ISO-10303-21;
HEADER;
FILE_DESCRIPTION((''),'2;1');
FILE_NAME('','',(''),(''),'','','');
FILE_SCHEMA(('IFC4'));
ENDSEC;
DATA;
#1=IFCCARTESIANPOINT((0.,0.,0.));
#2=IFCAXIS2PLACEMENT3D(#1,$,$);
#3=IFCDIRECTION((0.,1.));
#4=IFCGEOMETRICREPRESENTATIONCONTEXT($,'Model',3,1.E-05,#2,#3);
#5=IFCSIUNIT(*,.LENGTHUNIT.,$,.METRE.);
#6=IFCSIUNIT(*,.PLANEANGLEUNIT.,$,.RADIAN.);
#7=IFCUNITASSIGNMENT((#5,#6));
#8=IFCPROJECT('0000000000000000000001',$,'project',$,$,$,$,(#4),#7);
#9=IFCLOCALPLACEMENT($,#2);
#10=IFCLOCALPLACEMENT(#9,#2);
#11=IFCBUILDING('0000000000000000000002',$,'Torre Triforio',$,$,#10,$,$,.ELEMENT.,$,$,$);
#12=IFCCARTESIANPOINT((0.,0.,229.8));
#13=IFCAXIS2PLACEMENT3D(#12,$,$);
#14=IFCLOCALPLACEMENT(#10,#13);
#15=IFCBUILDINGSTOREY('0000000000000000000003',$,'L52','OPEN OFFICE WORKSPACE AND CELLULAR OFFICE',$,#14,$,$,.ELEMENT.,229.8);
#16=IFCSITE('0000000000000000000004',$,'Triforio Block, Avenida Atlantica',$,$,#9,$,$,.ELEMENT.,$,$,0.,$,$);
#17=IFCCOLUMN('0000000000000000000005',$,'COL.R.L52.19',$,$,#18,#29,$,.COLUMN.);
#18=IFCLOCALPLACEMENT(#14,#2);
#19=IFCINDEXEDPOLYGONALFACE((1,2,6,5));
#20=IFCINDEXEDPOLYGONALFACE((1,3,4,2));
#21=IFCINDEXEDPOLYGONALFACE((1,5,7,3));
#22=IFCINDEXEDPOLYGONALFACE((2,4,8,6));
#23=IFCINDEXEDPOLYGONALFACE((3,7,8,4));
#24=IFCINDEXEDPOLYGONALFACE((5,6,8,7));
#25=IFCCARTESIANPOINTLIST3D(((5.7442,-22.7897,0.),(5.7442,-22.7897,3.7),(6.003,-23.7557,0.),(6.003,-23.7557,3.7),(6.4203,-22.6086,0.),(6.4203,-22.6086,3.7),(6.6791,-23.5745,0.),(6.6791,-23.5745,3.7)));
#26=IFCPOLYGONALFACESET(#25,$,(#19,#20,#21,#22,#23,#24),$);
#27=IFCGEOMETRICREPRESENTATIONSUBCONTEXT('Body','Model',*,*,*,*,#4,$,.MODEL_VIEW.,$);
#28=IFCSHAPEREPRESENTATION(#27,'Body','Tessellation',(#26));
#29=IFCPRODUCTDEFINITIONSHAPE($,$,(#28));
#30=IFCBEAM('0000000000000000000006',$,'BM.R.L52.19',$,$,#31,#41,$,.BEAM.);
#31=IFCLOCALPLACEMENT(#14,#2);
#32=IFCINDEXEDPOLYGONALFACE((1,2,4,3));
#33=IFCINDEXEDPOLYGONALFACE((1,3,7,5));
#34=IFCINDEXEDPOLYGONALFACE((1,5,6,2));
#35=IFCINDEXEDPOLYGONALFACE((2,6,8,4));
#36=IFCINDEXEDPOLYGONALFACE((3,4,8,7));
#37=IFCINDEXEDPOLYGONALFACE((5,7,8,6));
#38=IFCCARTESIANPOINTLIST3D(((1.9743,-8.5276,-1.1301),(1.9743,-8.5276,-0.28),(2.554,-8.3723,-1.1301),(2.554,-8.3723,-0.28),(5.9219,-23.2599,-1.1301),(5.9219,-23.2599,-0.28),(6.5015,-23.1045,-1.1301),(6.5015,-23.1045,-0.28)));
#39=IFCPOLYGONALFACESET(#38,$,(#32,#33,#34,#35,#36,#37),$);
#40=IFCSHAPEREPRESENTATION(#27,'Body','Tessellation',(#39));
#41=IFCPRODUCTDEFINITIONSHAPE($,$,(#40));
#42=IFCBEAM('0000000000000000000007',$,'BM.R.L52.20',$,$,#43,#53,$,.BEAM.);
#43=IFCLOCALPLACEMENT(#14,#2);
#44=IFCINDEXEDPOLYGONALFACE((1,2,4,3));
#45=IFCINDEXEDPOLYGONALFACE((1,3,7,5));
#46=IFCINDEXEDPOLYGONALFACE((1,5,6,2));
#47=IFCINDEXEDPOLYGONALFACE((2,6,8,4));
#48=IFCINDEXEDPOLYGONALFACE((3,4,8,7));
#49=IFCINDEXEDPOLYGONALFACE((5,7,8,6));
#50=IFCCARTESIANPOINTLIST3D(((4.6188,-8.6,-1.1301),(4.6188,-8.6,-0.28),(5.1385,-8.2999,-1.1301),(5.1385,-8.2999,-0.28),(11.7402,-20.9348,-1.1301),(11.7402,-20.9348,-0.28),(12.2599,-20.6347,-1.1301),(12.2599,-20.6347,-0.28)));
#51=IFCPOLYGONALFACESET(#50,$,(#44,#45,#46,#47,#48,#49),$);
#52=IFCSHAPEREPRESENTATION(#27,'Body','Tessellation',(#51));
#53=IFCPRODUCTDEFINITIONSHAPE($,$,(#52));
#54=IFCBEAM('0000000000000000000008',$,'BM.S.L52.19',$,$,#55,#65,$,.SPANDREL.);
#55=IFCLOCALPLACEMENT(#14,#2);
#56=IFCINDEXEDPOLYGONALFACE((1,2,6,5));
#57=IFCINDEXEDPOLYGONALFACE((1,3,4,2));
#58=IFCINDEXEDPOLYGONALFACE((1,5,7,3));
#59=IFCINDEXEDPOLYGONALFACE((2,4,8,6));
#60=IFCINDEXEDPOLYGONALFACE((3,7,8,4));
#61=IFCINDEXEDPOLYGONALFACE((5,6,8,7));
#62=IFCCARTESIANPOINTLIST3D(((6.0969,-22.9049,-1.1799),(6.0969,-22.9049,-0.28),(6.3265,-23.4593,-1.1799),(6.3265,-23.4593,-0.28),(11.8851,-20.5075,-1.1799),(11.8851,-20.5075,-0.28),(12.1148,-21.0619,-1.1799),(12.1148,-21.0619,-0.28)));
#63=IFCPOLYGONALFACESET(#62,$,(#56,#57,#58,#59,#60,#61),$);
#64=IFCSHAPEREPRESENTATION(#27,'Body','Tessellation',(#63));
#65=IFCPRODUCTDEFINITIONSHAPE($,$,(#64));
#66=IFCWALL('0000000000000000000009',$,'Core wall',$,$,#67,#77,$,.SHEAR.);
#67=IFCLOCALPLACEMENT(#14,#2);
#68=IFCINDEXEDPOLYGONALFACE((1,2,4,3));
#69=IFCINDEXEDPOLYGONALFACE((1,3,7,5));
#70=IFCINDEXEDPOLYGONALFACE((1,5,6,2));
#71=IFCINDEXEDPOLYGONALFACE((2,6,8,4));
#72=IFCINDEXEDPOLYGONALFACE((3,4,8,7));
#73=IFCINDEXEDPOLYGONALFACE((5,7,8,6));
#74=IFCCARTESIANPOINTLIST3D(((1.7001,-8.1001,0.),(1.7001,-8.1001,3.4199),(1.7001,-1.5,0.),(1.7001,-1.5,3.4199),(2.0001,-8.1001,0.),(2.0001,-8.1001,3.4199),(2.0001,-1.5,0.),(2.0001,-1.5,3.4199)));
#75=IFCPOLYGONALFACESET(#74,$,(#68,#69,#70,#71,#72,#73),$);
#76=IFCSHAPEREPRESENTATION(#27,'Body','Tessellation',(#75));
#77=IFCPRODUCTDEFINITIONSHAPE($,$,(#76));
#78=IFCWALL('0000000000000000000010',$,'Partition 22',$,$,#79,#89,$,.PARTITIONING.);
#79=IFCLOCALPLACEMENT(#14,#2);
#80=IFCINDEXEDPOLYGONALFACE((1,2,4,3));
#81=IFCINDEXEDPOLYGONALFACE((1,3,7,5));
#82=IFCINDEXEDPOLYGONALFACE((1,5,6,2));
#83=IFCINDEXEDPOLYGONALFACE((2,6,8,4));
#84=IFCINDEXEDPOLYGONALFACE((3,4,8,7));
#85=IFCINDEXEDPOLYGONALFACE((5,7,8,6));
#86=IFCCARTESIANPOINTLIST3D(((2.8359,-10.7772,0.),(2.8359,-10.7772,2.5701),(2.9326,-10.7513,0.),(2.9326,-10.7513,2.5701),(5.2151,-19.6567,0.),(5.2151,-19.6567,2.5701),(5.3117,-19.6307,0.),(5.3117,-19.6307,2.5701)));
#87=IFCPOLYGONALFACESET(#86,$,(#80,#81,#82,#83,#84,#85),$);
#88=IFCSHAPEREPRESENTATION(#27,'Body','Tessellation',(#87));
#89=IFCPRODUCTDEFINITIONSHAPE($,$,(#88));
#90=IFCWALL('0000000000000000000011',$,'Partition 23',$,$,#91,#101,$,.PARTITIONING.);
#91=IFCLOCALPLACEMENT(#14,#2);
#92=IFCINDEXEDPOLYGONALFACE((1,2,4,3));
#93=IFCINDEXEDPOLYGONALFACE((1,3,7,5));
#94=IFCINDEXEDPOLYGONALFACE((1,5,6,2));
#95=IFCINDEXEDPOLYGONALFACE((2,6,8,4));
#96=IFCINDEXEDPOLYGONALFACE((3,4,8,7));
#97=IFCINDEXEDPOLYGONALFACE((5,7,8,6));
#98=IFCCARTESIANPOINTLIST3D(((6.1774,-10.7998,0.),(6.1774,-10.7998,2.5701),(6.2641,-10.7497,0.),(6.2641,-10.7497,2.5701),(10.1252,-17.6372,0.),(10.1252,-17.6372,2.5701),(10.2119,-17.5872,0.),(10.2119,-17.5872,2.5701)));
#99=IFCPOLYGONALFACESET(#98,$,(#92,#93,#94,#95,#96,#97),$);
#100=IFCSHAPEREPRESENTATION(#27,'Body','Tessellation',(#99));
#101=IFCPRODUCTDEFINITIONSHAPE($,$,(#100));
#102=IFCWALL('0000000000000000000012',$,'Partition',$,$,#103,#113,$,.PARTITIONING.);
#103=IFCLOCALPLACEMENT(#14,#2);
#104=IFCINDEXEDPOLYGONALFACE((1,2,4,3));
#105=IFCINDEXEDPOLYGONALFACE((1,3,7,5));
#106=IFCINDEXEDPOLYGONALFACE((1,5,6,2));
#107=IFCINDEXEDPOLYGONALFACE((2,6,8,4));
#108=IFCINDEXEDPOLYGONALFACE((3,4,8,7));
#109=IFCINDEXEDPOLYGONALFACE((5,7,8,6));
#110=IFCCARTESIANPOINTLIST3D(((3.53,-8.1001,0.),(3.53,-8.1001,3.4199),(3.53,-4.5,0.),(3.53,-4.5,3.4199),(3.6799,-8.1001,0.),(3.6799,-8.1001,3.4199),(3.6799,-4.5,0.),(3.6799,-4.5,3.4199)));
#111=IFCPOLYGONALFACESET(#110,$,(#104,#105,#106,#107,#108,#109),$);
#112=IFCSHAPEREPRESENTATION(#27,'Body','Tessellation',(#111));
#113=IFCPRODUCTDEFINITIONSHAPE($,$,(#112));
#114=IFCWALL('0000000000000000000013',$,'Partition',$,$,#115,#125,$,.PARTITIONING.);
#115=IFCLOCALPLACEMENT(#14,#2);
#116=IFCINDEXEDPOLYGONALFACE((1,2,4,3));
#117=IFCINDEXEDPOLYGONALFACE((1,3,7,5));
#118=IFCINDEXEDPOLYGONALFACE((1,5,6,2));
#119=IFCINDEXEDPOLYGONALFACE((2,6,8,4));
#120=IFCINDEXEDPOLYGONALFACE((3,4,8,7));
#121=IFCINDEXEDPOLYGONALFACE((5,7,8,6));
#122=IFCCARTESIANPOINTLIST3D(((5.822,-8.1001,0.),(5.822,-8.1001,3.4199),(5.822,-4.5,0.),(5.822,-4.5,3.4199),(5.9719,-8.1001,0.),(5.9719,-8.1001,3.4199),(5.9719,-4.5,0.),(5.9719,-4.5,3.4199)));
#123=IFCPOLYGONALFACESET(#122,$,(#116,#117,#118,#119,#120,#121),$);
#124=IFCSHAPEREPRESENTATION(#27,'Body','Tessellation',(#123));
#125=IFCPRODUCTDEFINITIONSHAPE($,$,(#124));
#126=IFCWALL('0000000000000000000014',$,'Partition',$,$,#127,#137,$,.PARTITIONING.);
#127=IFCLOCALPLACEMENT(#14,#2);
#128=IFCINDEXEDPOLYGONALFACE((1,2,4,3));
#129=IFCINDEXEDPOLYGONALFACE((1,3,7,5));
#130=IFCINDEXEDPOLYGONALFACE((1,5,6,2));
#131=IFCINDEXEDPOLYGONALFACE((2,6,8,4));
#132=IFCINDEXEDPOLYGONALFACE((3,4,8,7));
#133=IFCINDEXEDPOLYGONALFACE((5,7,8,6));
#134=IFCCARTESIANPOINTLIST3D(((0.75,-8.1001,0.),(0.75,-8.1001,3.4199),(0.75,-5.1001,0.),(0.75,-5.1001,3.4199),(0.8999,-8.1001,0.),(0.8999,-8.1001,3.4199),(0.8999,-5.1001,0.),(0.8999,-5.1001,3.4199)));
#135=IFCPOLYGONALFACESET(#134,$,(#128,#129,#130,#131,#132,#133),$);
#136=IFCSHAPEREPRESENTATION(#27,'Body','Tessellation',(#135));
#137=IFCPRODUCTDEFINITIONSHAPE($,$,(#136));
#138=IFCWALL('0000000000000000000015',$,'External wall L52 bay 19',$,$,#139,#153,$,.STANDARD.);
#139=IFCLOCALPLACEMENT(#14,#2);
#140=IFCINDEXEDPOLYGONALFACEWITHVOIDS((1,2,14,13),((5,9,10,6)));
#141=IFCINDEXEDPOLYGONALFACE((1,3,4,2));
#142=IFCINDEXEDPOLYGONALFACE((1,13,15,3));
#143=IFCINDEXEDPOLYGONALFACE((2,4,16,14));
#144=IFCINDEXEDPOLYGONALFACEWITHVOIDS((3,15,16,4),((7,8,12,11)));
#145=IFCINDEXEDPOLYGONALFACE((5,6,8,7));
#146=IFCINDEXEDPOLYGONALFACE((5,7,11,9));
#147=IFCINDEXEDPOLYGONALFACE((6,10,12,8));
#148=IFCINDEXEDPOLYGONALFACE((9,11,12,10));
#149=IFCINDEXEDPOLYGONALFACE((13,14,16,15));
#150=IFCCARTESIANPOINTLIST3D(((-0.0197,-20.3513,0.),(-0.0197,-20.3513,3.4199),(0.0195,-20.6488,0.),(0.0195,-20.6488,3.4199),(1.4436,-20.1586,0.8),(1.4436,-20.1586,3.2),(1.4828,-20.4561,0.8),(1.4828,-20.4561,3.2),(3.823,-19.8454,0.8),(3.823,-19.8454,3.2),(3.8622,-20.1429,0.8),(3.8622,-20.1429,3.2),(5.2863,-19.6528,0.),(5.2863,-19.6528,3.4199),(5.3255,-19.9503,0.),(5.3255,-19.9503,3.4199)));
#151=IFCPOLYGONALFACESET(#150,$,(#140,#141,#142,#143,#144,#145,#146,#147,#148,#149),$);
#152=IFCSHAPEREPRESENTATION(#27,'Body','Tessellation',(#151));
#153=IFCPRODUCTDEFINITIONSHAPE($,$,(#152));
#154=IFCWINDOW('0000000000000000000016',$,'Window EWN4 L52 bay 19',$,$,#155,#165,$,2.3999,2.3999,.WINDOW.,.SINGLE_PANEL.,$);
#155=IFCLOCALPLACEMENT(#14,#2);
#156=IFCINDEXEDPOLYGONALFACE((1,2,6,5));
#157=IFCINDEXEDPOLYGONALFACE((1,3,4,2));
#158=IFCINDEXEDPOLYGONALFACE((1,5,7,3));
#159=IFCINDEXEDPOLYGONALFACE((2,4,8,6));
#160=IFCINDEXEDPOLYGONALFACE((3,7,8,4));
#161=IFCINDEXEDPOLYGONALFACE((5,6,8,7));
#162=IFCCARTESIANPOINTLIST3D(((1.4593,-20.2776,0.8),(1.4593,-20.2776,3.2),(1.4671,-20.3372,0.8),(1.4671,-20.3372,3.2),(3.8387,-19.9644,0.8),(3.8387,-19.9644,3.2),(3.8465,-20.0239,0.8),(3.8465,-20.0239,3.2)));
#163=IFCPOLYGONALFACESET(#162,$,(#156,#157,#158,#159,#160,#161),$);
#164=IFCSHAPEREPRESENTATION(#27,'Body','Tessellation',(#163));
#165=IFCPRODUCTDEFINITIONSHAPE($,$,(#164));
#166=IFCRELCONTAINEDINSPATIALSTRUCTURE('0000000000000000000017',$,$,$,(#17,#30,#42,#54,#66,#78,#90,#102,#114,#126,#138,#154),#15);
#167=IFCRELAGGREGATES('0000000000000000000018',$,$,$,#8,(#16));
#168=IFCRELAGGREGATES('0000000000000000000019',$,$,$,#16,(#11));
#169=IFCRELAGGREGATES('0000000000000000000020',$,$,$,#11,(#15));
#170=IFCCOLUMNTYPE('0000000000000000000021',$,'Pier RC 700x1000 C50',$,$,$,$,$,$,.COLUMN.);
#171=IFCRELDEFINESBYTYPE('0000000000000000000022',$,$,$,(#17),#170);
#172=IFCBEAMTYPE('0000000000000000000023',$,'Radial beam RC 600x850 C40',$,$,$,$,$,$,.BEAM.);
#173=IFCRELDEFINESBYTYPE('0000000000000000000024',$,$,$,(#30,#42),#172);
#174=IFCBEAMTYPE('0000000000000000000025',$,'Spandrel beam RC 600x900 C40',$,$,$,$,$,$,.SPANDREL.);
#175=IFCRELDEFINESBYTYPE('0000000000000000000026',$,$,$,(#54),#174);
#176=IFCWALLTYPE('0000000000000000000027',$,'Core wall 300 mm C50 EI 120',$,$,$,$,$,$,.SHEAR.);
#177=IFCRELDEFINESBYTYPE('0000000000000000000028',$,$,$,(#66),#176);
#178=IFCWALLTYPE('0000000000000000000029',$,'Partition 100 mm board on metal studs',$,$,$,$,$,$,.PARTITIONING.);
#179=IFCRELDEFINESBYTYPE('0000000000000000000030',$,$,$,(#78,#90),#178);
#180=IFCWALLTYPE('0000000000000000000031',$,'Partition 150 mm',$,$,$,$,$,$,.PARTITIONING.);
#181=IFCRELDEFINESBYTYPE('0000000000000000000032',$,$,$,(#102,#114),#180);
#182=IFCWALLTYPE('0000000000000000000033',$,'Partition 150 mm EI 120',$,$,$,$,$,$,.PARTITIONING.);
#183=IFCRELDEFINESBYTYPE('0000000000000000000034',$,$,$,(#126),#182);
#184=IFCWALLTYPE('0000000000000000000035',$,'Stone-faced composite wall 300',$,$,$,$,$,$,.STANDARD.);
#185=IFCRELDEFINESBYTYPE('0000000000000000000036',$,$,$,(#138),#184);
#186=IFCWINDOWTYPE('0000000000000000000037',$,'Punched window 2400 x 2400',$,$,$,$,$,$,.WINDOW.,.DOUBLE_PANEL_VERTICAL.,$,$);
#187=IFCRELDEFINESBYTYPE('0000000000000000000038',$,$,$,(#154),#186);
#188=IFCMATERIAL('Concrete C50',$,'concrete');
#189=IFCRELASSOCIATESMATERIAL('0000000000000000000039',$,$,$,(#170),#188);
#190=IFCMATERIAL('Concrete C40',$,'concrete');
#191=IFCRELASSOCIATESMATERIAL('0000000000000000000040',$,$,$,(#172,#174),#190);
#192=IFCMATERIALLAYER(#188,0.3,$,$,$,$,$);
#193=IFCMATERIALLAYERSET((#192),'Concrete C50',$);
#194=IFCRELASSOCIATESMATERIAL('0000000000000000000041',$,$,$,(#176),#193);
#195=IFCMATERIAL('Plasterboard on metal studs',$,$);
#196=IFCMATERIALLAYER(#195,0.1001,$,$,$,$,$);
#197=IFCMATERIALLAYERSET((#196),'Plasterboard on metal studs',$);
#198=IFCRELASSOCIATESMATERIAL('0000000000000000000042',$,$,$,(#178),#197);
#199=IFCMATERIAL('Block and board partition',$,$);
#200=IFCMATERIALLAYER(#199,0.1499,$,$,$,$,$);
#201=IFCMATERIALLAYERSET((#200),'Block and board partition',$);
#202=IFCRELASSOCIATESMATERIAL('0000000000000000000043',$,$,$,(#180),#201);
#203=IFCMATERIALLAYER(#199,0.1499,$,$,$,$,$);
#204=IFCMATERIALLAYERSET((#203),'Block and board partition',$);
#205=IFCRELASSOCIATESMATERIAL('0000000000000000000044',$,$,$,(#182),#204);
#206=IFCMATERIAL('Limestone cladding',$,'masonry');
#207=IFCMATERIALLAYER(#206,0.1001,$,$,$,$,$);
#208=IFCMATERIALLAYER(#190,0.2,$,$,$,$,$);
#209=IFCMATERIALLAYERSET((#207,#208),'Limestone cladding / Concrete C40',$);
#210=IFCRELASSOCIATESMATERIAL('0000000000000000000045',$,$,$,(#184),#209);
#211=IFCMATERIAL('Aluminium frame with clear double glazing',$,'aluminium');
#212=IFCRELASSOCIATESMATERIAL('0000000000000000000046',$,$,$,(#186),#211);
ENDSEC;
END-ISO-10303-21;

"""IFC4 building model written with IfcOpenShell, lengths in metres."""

from ifc_helpers import new_model, si_unit, direction, frame, frame_2d, origin, origin_2d, place, context, subcontext, project, spatial, rectangle, extrude, material, layer, layer_set, material_profile, profile_set, type_object, element, fill, save


model = new_model("IFC4")

# Units and contexts
model_context = context("Model", 3, precision=1e-05, world=origin(), true_north=direction((0.0, 1.0)))
body_context = subcontext(model_context, "Body", "Model", "MODEL_VIEW")
ifc_project = project(units=[si_unit("LENGTHUNIT", "METRE"), si_unit("PLANEANGLEUNIT", "RADIAN")], contexts=[model_context])

# Site, building, storey
site_placement = place(None, origin())
site = spatial("IfcSite", under=ifc_project, at=site_placement, Name="Triforio Block, Avenida Atlantica", CompositionType="ELEMENT", RefElevation=0.0)
building_placement = place(site_placement, origin())
building = spatial("IfcBuilding", under=site, at=building_placement, Name="Torre Triforio", CompositionType="ELEMENT")
storey_placement = place(building_placement, frame((0.0, 0.0, 229.8)))
storey = spatial("IfcBuildingStorey", under=building, at=storey_placement, Name="L52", Description="OPEN OFFICE WORKSPACE AND CELLULAR OFFICE", CompositionType="ELEMENT", Elevation=229.8)

# Column
ifc_material_1 = material(Name="Concrete C50", Category="concrete")
ifc_material_profile_1 = material_profile(ifc_material_1, rectangle(XDim=0.7, YDim=1.0, at=origin_2d()), Name="RC 700x1000")
ifc_profile_set_1 = profile_set([ifc_material_profile_1], Name="Concrete C50")
column_type = type_object("IfcColumnType", Name="Pier RC 700x1000 C50", PredefinedType="COLUMN", material=ifc_profile_set_1)
column_placement = place(storey_placement, frame((6.2117, -23.1821, 0.0), z_axis=(0.0, 0.0, 1.0), x_axis=(0.965926, 0.258819, 0.0)))
element("IfcColumn", 1, at=column_placement, inside=storey, type_object=column_type, Name="COL.R.L52.19", PredefinedType="COLUMN", context=body_context, shape_type="SweptSolid", body=[
    extrude(rectangle(XDim=0.7, YDim=1.0, at=origin_2d()), origin(), (0.0, 0.0, 1.0), 3.7),
])

# Beams
ifc_material_2 = material(Name="Concrete C40", Category="concrete")
ifc_material_profile_2 = material_profile(ifc_material_2, rectangle(XDim=0.6001, YDim=0.8501, at=origin_2d()), Name="RC 600x850")
ifc_profile_set_2 = profile_set([ifc_material_profile_2], Name="Concrete C40")
beam_type_1 = type_object("IfcBeamType", Name="Radial beam RC 600x850 C40", PredefinedType="BEAM", material=ifc_profile_set_2)
beam_1_placement = place(storey_placement, frame((2.2642, -8.45, -0.7051), z_axis=(0.258821, -0.965925, 0.0), x_axis=(0.965925, 0.258821, 0.0)))
element("IfcBeam", 2, at=beam_1_placement, inside=storey, type_object=beam_type_1, Name="BM.R.L52.19", PredefinedType="BEAM", context=body_context, shape_type="SweptSolid", body=[
    extrude(rectangle(XDim=0.6001, YDim=0.8501, at=origin_2d()), origin(), (0.0, 0.0, 1.0), 15.252),
])
beam_2_placement = place(storey_placement, frame((4.8787, -8.45, -0.7051), z_axis=(0.499994, -0.866029, 0.0), x_axis=(0.866029, 0.499994, 0.0)))
element("IfcBeam", 3, at=beam_2_placement, inside=storey, type_object=beam_type_1, Name="BM.R.L52.20", PredefinedType="BEAM", context=body_context, shape_type="SweptSolid", body=[
    extrude(rectangle(XDim=0.6001, YDim=0.8501, at=origin_2d()), origin(), (0.0, 0.0, 1.0), 14.2429),
])
ifc_material_profile_3 = material_profile(ifc_material_2, rectangle(XDim=0.6001, YDim=0.8999, at=origin_2d()), Name="RC 600x900")
ifc_profile_set_3 = profile_set([ifc_material_profile_3], Name="Concrete C40")
beam_type_2 = type_object("IfcBeamType", Name="Spandrel beam RC 600x900 C40", PredefinedType="SPANDREL", material=ifc_profile_set_3)
beam_3_placement = place(storey_placement, frame((6.2117, -23.1821, -0.73), z_axis=(0.923888, 0.382664, 0.0), x_axis=(-0.382664, 0.923888, 0.0)))
element("IfcBeam", 4, at=beam_3_placement, inside=storey, type_object=beam_type_2, Name="BM.S.L52.19", PredefinedType="SPANDREL", context=body_context, shape_type="SweptSolid", body=[
    extrude(rectangle(XDim=0.6001, YDim=0.8999, at=origin_2d()), origin(), (0.0, 0.0, 1.0), 6.2651),
])

# Walls
ifc_layer_1 = layer(ifc_material_1, 0.3)
ifc_layer_set_1 = layer_set([ifc_layer_1], Name="Concrete C50")
wall_type_1 = type_object("IfcWallType", Name="Core wall 300 mm C50 EI 120", PredefinedType="SHEAR", material=ifc_layer_set_1)
wall_1_placement = place(storey_placement, frame((1.8501, -8.1001, 0.0), z_axis=(0.0, 0.0, 1.0), x_axis=(0.0, 1.0, 0.0)))
element("IfcWall", 5, at=wall_1_placement, inside=storey, type_object=wall_type_1, Name="Core wall", PredefinedType="SHEAR", context=body_context, shape_type="SweptSolid", body=[
    extrude(rectangle(XDim=6.6001, YDim=0.3, at=frame_2d((3.3, 0.0))), origin(), (0.0, 0.0, 1.0), 3.4199),
])
ifc_material_3 = material(Name="Plasterboard on metal studs")
ifc_layer_2 = layer(ifc_material_3, 0.1001)
ifc_layer_set_2 = layer_set([ifc_layer_2], Name="Plasterboard on metal studs")
wall_type_2 = type_object("IfcWallType", Name="Partition 100 mm board on metal studs", PredefinedType="PARTITIONING", material=ifc_layer_set_2)
wall_2_placement = place(storey_placement, frame((2.8843, -10.7644, 0.0), z_axis=(0.0, 0.0, 1.0), x_axis=(0.258811, -0.965928, 0.0)))
element("IfcWall", 6, at=wall_2_placement, inside=storey, type_object=wall_type_2, Name="Partition 22", PredefinedType="PARTITIONING", context=body_context, shape_type="SweptSolid", body=[
    extrude(rectangle(XDim=9.1926, YDim=0.1001, at=frame_2d((4.5962, 0.0))), origin(), (0.0, 0.0, 1.0), 2.5701),
])
wall_3_placement = place(storey_placement, frame((6.2207, -10.7747, 0.0), z_axis=(0.0, 0.0, 1.0), x_axis=(0.500017, -0.866016, 0.0)))
element("IfcWall", 7, at=wall_3_placement, inside=storey, type_object=wall_type_2, Name="Partition 23", PredefinedType="PARTITIONING", context=body_context, shape_type="SweptSolid", body=[
    extrude(rectangle(XDim=7.8953, YDim=0.1001, at=frame_2d((3.9478, 0.0))), origin(), (0.0, 0.0, 1.0), 2.5701),
])
ifc_material_4 = material(Name="Block and board partition")
ifc_layer_3 = layer(ifc_material_4, 0.1499)
ifc_layer_set_3 = layer_set([ifc_layer_3], Name="Block and board partition")
wall_type_3 = type_object("IfcWallType", Name="Partition 150 mm", PredefinedType="PARTITIONING", material=ifc_layer_set_3)
for number, where, z_axis, x_axis, name in (
    (8, (3.605, -8.1001, 0.0), (0.0, 0.0, 1.0), (0.0, 1.0, 0.0), "Partition"),
    (9, (5.897, -8.1001, 0.0), (0.0, 0.0, 1.0), (0.0, 1.0, 0.0), "Partition"),
):
    element("IfcWall", number, at=place(storey_placement, frame(where, z_axis=z_axis, x_axis=x_axis)), inside=storey, type_object=wall_type_3, Name=name, PredefinedType="PARTITIONING", context=body_context, shape_type="SweptSolid", body=[
        extrude(rectangle(XDim=3.6001, YDim=0.1499, at=frame_2d((1.8, 0.0))), origin(), (0.0, 0.0, 1.0), 3.4199),
    ])
ifc_layer_4 = layer(ifc_material_4, 0.1499)
ifc_layer_set_4 = layer_set([ifc_layer_4], Name="Block and board partition")
wall_type_4 = type_object("IfcWallType", Name="Partition 150 mm EI 120", PredefinedType="PARTITIONING", material=ifc_layer_set_4)
wall_4_placement = place(storey_placement, frame((0.825, -8.1001, 0.0), z_axis=(0.0, 0.0, 1.0), x_axis=(0.0, 1.0, 0.0)))
element("IfcWall", 10, at=wall_4_placement, inside=storey, type_object=wall_type_4, Name="Partition", PredefinedType="PARTITIONING", context=body_context, shape_type="SweptSolid", body=[
    extrude(rectangle(XDim=3.0, YDim=0.1499, at=frame_2d((1.5, 0.0))), origin(), (0.0, 0.0, 1.0), 3.4199),
])

# Wall, opening, window
ifc_material_5 = material(Name="Limestone cladding", Category="masonry")
ifc_layer_5 = layer(ifc_material_5, 0.1001)
ifc_layer_6 = layer(ifc_material_2, 0.2)
ifc_layer_set_5 = layer_set([ifc_layer_5, ifc_layer_6], Name="Limestone cladding / Concrete C40")
wall_type_5 = type_object("IfcWallType", Name="Stone-faced composite wall 300", PredefinedType="STANDARD", material=ifc_layer_set_5)
wall_5_placement = place(storey_placement, frame((0.0, -20.5, 0.0), z_axis=(0.0, 0.0, 1.0), x_axis=(0.991446, 0.130517, 0.0)))
wall_5 = element("IfcWall", 11, at=wall_5_placement, inside=storey, type_object=wall_type_5, Name="External wall L52 bay 19", PredefinedType="STANDARD", context=body_context, shape_type="SweptSolid", body=[
    extrude(rectangle(XDim=5.3518, YDim=0.3, at=frame_2d((2.6758, 0.0))), origin(), (0.0, 0.0, 1.0), 3.4199),
])
opening_1_placement = place(wall_5_placement, frame((1.4758, 0.0, 0.8)))
opening_1 = element("IfcOpeningElement", 12, at=opening_1_placement, cuts=wall_5, PredefinedType="OPENING", context=body_context, shape_type="SweptSolid", body=[
    extrude(rectangle(XDim=2.3999, YDim=2.3999, at=frame_2d((1.2, 1.2))), frame((0.0, 0.1599, 0.0), z_axis=(0.0, -1.0, 0.0), x_axis=(1.0, 0.0, 0.0)), (0.0, 0.0, 1.0), 0.3201),
])
ifc_material_6 = material(Name="Aluminium frame with clear double glazing", Category="aluminium")
window_type_1 = type_object("IfcWindowType", Name="Punched window 2400 x 2400", PartitioningType="DOUBLE_PANEL_VERTICAL", PredefinedType="WINDOW", material=ifc_material_6)
window_1_placement = place(opening_1_placement, origin())
window_1 = element("IfcWindow", 13, at=window_1_placement, inside=storey, type_object=window_type_1, Name="Window EWN4 L52 bay 19", OverallHeight=2.3999, OverallWidth=2.3999, PartitioningType="SINGLE_PANEL", PredefinedType="WINDOW", context=body_context, shape_type="SweptSolid", body=[
    extrude(rectangle(XDim=2.3999, YDim=2.3999, at=frame_2d((1.2, 1.2))), frame((0.0, 0.03, 0.0), z_axis=(0.0, -1.0, 0.0), x_axis=(1.0, 0.0, 0.0)), (0.0, 0.0, 1.0), 0.0601),
])
fill(opening_1, window_1)

save(model, "model.ifc")
